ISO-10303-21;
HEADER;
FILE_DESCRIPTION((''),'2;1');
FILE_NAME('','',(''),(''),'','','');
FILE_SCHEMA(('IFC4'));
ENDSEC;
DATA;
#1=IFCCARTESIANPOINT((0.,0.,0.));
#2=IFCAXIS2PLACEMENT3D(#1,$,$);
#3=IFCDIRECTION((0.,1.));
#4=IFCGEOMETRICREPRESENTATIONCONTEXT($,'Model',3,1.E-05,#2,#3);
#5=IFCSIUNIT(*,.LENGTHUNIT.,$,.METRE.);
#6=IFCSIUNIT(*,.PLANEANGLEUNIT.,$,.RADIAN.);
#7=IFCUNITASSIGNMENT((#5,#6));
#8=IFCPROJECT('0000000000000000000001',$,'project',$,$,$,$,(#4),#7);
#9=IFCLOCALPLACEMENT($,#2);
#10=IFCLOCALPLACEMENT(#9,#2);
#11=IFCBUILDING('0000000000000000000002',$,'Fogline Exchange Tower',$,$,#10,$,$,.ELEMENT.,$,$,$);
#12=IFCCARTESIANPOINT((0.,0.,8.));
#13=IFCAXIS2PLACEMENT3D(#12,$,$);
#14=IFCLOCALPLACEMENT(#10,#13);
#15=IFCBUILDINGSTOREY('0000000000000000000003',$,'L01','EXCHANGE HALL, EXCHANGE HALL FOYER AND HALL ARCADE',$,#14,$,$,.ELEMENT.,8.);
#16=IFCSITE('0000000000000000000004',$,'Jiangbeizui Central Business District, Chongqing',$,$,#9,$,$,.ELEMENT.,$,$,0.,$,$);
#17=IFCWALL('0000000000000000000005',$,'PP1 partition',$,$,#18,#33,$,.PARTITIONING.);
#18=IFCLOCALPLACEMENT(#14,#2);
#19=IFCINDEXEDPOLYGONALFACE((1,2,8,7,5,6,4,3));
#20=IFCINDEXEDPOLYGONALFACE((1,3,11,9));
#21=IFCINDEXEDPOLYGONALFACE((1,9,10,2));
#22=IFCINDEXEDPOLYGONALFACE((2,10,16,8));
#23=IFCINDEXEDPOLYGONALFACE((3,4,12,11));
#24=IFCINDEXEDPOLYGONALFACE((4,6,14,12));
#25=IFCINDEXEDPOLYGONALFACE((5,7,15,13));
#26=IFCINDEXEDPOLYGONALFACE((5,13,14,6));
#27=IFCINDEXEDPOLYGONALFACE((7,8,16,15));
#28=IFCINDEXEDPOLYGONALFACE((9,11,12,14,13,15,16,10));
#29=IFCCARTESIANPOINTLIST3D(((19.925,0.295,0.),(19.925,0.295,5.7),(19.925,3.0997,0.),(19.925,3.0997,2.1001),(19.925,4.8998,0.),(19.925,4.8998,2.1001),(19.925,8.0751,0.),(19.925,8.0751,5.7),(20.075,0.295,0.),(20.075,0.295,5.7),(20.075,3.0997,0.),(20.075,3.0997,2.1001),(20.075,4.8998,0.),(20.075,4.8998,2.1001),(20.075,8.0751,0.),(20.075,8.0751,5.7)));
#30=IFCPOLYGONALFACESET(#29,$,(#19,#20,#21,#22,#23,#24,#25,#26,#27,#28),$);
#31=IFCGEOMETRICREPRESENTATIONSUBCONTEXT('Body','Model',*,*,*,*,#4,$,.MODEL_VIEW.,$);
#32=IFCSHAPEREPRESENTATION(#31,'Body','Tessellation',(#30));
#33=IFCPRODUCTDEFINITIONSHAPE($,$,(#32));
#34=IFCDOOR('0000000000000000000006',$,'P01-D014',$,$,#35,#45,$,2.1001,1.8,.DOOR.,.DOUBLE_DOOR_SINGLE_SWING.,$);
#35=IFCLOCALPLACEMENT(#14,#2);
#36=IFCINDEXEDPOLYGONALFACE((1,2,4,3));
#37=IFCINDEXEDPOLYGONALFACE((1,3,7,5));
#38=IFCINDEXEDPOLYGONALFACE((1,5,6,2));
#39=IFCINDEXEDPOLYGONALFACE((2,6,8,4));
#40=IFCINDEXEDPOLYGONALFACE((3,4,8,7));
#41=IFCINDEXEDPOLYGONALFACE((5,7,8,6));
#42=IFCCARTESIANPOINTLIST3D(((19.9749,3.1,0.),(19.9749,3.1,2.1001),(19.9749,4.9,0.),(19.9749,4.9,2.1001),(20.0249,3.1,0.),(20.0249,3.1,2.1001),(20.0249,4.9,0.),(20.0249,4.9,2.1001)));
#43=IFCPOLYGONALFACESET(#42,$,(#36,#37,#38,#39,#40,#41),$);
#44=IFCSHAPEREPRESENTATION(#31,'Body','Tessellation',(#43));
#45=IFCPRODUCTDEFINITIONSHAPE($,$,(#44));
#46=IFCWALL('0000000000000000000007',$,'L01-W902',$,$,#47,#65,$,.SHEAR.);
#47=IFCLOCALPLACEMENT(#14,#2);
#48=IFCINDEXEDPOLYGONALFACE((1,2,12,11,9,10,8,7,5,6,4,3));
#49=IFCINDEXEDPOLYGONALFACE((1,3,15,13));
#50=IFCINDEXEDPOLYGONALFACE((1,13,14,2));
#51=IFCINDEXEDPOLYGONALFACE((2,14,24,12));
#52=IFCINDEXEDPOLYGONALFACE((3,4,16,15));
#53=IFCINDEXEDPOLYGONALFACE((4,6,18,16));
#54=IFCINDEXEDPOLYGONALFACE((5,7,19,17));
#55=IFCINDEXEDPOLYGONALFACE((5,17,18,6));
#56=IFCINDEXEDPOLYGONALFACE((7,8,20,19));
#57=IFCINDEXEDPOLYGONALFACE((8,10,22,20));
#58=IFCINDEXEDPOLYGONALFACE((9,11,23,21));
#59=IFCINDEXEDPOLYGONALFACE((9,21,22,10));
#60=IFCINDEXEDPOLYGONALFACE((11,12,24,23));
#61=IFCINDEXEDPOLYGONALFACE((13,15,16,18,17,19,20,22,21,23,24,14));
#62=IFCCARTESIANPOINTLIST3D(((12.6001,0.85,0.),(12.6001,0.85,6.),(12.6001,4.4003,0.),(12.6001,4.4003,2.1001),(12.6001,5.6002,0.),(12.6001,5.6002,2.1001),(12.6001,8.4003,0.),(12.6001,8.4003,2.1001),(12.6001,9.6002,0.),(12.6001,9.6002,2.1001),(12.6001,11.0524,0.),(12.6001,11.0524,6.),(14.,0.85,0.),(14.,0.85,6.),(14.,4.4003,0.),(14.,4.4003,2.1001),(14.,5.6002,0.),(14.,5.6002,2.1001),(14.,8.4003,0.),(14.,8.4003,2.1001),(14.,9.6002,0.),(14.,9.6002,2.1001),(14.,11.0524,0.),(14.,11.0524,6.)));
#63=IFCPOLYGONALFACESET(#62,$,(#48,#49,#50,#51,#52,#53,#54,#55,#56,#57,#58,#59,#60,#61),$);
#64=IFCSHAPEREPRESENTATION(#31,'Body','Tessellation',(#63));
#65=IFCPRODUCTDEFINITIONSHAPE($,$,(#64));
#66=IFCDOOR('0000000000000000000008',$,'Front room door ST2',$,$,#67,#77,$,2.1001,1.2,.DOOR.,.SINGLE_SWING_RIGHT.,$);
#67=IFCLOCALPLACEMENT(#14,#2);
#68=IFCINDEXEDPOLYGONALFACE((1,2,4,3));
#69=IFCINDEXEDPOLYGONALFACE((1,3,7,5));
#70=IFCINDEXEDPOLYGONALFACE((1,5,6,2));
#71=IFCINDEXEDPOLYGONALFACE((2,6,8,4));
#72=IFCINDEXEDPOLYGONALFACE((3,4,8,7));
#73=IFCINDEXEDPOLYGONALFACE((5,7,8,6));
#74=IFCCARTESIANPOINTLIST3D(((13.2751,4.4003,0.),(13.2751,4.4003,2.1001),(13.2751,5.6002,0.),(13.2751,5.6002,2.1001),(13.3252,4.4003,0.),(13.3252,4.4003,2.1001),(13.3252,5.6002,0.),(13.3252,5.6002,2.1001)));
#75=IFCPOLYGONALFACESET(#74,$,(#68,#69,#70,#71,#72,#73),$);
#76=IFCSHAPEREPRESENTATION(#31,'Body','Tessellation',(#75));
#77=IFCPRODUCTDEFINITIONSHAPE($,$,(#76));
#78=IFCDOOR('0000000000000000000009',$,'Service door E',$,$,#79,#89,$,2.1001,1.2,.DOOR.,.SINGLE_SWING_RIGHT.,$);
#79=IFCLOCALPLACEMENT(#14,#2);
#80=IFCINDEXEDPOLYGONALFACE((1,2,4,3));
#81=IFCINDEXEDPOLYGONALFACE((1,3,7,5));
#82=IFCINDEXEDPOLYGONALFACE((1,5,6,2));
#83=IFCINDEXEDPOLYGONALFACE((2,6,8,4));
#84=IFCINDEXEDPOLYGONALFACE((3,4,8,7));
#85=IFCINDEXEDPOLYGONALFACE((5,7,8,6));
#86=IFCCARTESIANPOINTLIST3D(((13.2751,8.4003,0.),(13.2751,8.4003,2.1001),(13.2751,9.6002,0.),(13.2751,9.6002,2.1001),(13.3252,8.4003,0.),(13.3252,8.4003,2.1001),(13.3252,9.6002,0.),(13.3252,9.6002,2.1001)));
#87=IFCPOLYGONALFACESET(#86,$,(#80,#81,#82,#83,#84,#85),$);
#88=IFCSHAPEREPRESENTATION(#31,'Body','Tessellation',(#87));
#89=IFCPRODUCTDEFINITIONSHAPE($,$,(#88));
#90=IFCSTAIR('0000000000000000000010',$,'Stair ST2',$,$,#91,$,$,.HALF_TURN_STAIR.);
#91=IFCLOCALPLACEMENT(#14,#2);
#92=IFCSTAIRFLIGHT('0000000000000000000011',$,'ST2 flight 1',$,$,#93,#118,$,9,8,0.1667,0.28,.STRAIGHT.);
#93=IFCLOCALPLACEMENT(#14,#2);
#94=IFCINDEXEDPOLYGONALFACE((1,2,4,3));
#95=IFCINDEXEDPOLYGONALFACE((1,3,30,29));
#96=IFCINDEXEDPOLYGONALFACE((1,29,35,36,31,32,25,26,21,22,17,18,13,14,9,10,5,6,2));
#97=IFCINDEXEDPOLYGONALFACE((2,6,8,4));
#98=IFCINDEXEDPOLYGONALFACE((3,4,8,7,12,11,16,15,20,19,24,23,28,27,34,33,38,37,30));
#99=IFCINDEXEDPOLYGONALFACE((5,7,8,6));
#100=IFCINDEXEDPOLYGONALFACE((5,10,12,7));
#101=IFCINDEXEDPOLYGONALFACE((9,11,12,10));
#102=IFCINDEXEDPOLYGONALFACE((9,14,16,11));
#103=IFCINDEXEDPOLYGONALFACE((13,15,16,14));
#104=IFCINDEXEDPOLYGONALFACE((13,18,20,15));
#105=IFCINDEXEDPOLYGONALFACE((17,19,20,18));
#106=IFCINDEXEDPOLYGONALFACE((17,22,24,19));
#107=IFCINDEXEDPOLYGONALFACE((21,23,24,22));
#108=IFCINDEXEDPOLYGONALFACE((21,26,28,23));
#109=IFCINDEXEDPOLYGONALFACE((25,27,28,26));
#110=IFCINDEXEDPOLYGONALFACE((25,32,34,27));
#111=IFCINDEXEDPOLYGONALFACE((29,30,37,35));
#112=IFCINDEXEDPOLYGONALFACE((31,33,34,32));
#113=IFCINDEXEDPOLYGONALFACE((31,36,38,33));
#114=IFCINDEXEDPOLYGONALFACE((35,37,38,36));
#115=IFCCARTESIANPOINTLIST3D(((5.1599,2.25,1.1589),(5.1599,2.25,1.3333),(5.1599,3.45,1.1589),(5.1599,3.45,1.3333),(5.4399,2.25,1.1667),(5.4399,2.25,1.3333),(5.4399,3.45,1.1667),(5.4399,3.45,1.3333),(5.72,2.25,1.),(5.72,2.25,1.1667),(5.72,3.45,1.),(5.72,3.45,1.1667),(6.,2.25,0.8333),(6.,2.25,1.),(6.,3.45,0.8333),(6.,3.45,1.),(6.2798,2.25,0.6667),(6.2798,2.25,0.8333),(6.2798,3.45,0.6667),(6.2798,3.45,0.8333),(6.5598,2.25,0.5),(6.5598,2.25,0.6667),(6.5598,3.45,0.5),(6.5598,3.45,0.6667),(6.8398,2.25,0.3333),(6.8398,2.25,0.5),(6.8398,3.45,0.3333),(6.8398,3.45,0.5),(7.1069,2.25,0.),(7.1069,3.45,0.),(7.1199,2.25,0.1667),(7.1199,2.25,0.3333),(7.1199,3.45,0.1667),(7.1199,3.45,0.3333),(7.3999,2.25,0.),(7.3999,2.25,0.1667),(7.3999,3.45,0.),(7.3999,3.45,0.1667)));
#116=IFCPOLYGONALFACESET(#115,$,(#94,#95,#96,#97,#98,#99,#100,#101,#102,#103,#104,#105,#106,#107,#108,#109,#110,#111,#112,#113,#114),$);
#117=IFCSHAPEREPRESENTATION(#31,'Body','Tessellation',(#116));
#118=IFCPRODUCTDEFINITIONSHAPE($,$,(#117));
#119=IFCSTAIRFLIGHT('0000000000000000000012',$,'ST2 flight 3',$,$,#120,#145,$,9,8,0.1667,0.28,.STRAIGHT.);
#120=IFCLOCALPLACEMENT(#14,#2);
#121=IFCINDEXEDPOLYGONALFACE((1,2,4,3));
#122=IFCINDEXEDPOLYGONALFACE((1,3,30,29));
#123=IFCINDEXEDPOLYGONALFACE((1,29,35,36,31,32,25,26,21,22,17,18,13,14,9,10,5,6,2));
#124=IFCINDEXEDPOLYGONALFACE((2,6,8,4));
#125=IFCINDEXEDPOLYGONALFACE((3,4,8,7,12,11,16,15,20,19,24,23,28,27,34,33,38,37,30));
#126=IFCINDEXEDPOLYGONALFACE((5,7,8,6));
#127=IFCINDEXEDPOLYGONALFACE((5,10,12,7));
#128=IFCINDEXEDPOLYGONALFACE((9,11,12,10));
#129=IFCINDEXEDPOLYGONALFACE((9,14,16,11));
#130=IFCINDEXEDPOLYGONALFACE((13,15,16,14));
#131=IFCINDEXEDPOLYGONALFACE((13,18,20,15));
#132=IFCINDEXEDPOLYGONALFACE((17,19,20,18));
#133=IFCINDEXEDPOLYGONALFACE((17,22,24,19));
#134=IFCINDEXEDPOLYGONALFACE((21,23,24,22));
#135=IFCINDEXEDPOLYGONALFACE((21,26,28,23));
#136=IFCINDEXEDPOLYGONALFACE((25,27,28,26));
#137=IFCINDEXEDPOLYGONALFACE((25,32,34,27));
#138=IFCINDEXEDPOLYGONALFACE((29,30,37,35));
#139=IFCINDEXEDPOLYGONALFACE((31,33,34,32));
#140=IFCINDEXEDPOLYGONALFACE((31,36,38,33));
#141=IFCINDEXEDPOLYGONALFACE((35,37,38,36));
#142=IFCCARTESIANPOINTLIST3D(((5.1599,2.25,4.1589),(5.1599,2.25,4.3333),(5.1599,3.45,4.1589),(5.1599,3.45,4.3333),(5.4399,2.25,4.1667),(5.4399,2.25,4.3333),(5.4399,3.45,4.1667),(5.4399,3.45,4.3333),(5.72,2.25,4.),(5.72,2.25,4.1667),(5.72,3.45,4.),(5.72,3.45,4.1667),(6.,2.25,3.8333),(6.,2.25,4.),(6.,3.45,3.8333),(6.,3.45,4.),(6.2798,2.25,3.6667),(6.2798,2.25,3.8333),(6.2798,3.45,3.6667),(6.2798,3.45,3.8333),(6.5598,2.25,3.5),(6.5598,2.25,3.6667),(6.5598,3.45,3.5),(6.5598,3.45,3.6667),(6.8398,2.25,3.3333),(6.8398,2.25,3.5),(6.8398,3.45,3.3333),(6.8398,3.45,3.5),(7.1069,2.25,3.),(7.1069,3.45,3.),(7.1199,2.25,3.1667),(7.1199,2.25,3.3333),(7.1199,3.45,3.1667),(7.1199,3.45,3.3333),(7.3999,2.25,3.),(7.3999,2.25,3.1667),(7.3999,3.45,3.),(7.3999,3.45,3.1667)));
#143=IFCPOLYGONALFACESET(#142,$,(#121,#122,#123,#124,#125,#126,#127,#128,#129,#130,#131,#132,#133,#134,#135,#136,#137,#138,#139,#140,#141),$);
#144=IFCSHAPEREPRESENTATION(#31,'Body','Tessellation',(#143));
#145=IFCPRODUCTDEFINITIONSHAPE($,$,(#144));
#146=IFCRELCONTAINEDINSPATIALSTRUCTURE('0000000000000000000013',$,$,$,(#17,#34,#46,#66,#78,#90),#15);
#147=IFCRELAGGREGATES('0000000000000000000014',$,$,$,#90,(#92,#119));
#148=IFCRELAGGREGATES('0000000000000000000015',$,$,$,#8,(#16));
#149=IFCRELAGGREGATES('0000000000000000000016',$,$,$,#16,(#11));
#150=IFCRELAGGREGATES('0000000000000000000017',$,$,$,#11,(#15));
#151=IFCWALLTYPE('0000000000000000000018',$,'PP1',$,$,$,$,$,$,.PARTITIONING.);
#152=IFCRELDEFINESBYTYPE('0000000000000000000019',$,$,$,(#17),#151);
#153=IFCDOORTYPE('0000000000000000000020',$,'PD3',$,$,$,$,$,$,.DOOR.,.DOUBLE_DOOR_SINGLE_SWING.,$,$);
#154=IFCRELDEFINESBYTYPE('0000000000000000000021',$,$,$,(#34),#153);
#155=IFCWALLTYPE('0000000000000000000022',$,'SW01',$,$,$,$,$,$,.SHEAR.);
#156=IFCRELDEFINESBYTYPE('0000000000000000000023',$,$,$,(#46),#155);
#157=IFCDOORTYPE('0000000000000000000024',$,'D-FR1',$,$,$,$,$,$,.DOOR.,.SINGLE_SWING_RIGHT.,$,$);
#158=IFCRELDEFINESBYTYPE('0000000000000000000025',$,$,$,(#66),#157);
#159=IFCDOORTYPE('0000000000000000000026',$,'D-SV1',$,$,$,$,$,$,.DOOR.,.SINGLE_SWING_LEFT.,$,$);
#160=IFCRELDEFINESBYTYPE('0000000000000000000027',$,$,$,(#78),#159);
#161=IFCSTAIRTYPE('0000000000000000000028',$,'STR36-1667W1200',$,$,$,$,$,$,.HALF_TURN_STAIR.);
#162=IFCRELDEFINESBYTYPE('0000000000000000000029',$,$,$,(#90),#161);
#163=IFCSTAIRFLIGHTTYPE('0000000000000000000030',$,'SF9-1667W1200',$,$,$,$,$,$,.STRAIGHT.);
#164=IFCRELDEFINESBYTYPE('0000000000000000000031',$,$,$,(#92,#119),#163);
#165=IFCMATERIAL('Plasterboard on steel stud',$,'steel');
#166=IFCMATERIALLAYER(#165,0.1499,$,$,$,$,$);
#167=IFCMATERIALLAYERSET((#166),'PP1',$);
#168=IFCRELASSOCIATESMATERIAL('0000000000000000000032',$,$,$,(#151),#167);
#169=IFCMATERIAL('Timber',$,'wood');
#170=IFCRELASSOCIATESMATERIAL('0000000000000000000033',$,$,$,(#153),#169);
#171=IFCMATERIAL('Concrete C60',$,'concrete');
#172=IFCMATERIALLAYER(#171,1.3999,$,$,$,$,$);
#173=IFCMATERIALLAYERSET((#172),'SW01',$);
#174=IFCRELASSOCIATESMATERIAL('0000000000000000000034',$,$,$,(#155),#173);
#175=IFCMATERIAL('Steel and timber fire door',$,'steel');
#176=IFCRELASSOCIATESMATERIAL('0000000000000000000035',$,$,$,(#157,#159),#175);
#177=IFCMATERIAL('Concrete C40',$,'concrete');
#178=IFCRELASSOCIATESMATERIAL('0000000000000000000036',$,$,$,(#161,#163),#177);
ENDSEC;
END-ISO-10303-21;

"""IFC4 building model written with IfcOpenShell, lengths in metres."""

from ifc_helpers import new_model, si_unit, direction, frame, frame_2d, origin, place, context, subcontext, project, spatial, polyline, rectangle, outline, extrude, material, layer, layer_set, type_object, element, fill, aggregate, save


model = new_model("IFC4")

# Units and contexts
model_context = context("Model", 3, precision=1e-05, world=origin(), true_north=direction((0.0, 1.0)))
body_context = subcontext(model_context, "Body", "Model", "MODEL_VIEW")
ifc_project = project(units=[si_unit("LENGTHUNIT", "METRE"), si_unit("PLANEANGLEUNIT", "RADIAN")], contexts=[model_context])

# Site, building, storey
site_placement = place(None, origin())
site = spatial("IfcSite", under=ifc_project, at=site_placement, Name="Jiangbeizui Central Business District, Chongqing", CompositionType="ELEMENT", RefElevation=0.0)
building_placement = place(site_placement, origin())
building = spatial("IfcBuilding", under=site, at=building_placement, Name="Fogline Exchange Tower", CompositionType="ELEMENT")
storey_placement = place(building_placement, frame((0.0, 0.0, 8.0)))
storey = spatial("IfcBuildingStorey", under=building, at=storey_placement, Name="L01", Description="EXCHANGE HALL, EXCHANGE HALL FOYER AND HALL ARCADE", CompositionType="ELEMENT", Elevation=8.0)

# Shared definitions
ifc_material_1 = material(Name="Concrete C40", Category="concrete")
ifc_material_2 = material(Name="Steel and timber fire door", Category="steel")

# Wall, opening, door
ifc_material_3 = material(Name="Plasterboard on steel stud", Category="steel")
ifc_layer_1 = layer(ifc_material_3, 0.1499)
ifc_layer_set_1 = layer_set([ifc_layer_1], Name="PP1")
wall_type_1 = type_object("IfcWallType", Name="PP1", PredefinedType="PARTITIONING", material=ifc_layer_set_1)
wall_1_placement = place(storey_placement, frame((20.0, 0.2949, 0.0), z_axis=(0.0, 0.0, 1.0), x_axis=(0.0, 1.0, 0.0)))
wall_1 = element("IfcWall", 1, at=wall_1_placement, inside=storey, type_object=wall_type_1, Name="PP1 partition", PredefinedType="PARTITIONING", context=body_context, shape_type="SweptSolid", body=[
    extrude(rectangle(XDim=7.78, YDim=0.1499, at=frame_2d((3.8901, 0.0))), origin(), (0.0, 0.0, 1.0), 5.7),
])
opening_1_placement = place(wall_1_placement, frame((2.8049, 0.0, 0.0)))
opening_1 = element("IfcOpeningElement", 2, at=opening_1_placement, cuts=wall_1, PredefinedType="OPENING", context=body_context, shape_type="SweptSolid", body=[
    extrude(rectangle(XDim=1.8, YDim=2.1001, at=frame_2d((0.8999, 1.05))), frame((0.0, 0.085, 0.0), z_axis=(0.0, -1.0, 0.0), x_axis=(1.0, 0.0, 0.0)), (0.0, 0.0, 1.0), 0.1699),
])
ifc_material_4 = material(Name="Timber", Category="wood")
door_type_1 = type_object("IfcDoorType", Name="PD3", OperationType="DOUBLE_DOOR_SINGLE_SWING", PredefinedType="DOOR", material=ifc_material_4)
door_1_placement = place(opening_1_placement, frame((1.8, 0.0, 0.0), z_axis=(0.0, 0.0, 1.0), x_axis=(-1.0, 0.0, 0.0)))
door_1 = element("IfcDoor", 3, at=door_1_placement, inside=storey, type_object=door_type_1, Name="P01-D014", OperationType="DOUBLE_DOOR_SINGLE_SWING", OverallHeight=2.1001, OverallWidth=1.8, PredefinedType="DOOR", context=body_context, shape_type="SweptSolid", body=[
    extrude(rectangle(XDim=1.8, YDim=2.1001, at=frame_2d((0.8999, 1.05))), frame((0.0, 0.0249, 0.0), z_axis=(0.0, -1.0, 0.0), x_axis=(1.0, 0.0, 0.0)), (0.0, 0.0, 1.0), 0.05),
])
fill(opening_1, door_1)

# Wall, openings, doors
ifc_material_5 = material(Name="Concrete C60", Category="concrete")
ifc_layer_2 = layer(ifc_material_5, 1.3999)
ifc_layer_set_2 = layer_set([ifc_layer_2], Name="SW01")
wall_type_2 = type_object("IfcWallType", Name="SW01", PredefinedType="SHEAR", material=ifc_layer_set_2)
wall_2_placement = place(storey_placement, frame((13.3, 0.8501, 0.0), z_axis=(0.0, 0.0, 1.0), x_axis=(0.0, 1.0, 0.0)))
wall_2 = element("IfcWall", 4, at=wall_2_placement, inside=storey, type_object=wall_type_2, Name="L01-W902", PredefinedType="SHEAR", context=body_context, shape_type="SweptSolid", body=[
    extrude(rectangle(XDim=10.2024, YDim=1.3999, at=frame_2d((5.1011, 0.0))), origin(), (0.0, 0.0, 1.0), 6.0),
])
opening_2_placement = place(wall_2_placement, frame((3.55, 0.0, 0.0)))
opening_2 = element("IfcOpeningElement", 5, at=opening_2_placement, cuts=wall_2, PredefinedType="OPENING", context=body_context, shape_type="SweptSolid", body=[
    extrude(rectangle(XDim=1.2, YDim=2.1001, at=frame_2d((0.6001, 1.05))), frame((0.0, 0.71, 0.0), z_axis=(0.0, -1.0, 0.0), x_axis=(1.0, 0.0, 0.0)), (0.0, 0.0, 1.0), 1.4199),
])
opening_3_placement = place(wall_2_placement, frame((7.55, 0.0, 0.0)))
opening_3 = element("IfcOpeningElement", 6, at=opening_3_placement, cuts=wall_2, PredefinedType="OPENING", context=body_context, shape_type="SweptSolid", body=[
    extrude(rectangle(XDim=1.2, YDim=2.1001, at=frame_2d((0.6001, 1.05))), frame((0.0, 0.71, 0.0), z_axis=(0.0, -1.0, 0.0), x_axis=(1.0, 0.0, 0.0)), (0.0, 0.0, 1.0), 1.4199),
])
door_type_2 = type_object("IfcDoorType", Name="D-FR1", OperationType="SINGLE_SWING_RIGHT", PredefinedType="DOOR", material=ifc_material_2)
door_2_placement = place(opening_2_placement, origin())
door_2 = element("IfcDoor", 7, at=door_2_placement, inside=storey, type_object=door_type_2, Name="Front room door ST2", OperationType="SINGLE_SWING_RIGHT", OverallHeight=2.1001, OverallWidth=1.2, PredefinedType="DOOR", context=body_context, shape_type="SweptSolid", body=[
    extrude(rectangle(XDim=1.2, YDim=2.1001, at=frame_2d((0.6001, 1.05))), frame((0.0, 0.0249, 0.0), z_axis=(0.0, -1.0, 0.0), x_axis=(1.0, 0.0, 0.0)), (0.0, 0.0, 1.0), 0.05),
])
fill(opening_2, door_2)
door_type_3 = type_object("IfcDoorType", Name="D-SV1", OperationType="SINGLE_SWING_LEFT", PredefinedType="DOOR", material=ifc_material_2)
door_3_placement = place(opening_3_placement, origin())
door_3 = element("IfcDoor", 8, at=door_3_placement, inside=storey, type_object=door_type_3, Name="Service door E", OperationType="SINGLE_SWING_RIGHT", OverallHeight=2.1001, OverallWidth=1.2, PredefinedType="DOOR", context=body_context, shape_type="SweptSolid", body=[
    extrude(rectangle(XDim=1.2, YDim=2.1001, at=frame_2d((0.6001, 1.05))), frame((0.0, 0.0249, 0.0), z_axis=(0.0, -1.0, 0.0), x_axis=(1.0, 0.0, 0.0)), (0.0, 0.0, 1.0), 0.05),
])
fill(opening_3, door_3)

# Stair, stair flights
stair_type = type_object("IfcStairType", Name="STR36-1667W1200", PredefinedType="HALF_TURN_STAIR", material=ifc_material_1)
stair_placement = place(storey_placement, origin())
stair = element("IfcStair", 9, at=stair_placement, inside=storey, type_object=stair_type, Name="Stair ST2", PredefinedType="HALF_TURN_STAIR")
stair_flight_type = type_object("IfcStairFlightType", Name="SF9-1667W1200", PredefinedType="STRAIGHT", material=ifc_material_1)
stair_flight_1_placement = place(storey_placement, frame((7.3999, 2.8501, 0.0), z_axis=(0.0, 0.0, 1.0), x_axis=(-1.0, 0.0, 0.0)))
stair_flight_1 = element("IfcStairFlight", 10, at=stair_flight_1_placement, type_object=stair_flight_type, Name="ST2 flight 1", NumberOfRisers=9, NumberOfTreads=8, PredefinedType="STRAIGHT", RiserHeight=0.1667, TreadLength=0.28, context=body_context, shape_type="SweptSolid", body=[
    extrude(outline(polyline([(0.0, 0.0), (0.0, 0.1667), (0.28, 0.1667), (0.28, 0.3333), (0.5601, 0.3333), (0.5601, 0.5), (0.8401, 0.5), (0.8401, 0.6667), (1.1201, 0.6667), (1.1201, 0.8333), (1.3999, 0.8333), (1.3999, 1.0), (1.6799, 1.0), (1.6799, 1.1667), (1.96, 1.1667), (1.96, 1.3333), (2.24, 1.3333), (2.24, 1.5), (2.24, 1.1589), (0.293, 0.0), (0.0, 0.0)])), frame((0.0, 0.6001, 0.0), z_axis=(0.0, -1.0, 0.0), x_axis=(1.0, 0.0, 0.0)), (0.0, 0.0, 1.0), 1.2),
])
stair_flight_2_placement = place(storey_placement, frame((7.3999, 2.8501, 3.0), z_axis=(0.0, 0.0, 1.0), x_axis=(-1.0, 0.0, 0.0)))
stair_flight_2 = element("IfcStairFlight", 11, at=stair_flight_2_placement, type_object=stair_flight_type, Name="ST2 flight 3", NumberOfRisers=9, NumberOfTreads=8, PredefinedType="STRAIGHT", RiserHeight=0.1667, TreadLength=0.28, context=body_context, shape_type="SweptSolid", body=[
    extrude(outline(polyline([(0.0, 0.0), (0.0, 0.1667), (0.28, 0.1667), (0.28, 0.3333), (0.5601, 0.3333), (0.5601, 0.5), (0.8401, 0.5), (0.8401, 0.6667), (1.1201, 0.6667), (1.1201, 0.8333), (1.3999, 0.8333), (1.3999, 1.0), (1.6799, 1.0), (1.6799, 1.1667), (1.96, 1.1667), (1.96, 1.3333), (2.24, 1.3333), (2.24, 1.5), (2.24, 1.1589), (0.293, 0.0), (0.0, 0.0)])), frame((0.0, 0.6001, 0.0), z_axis=(0.0, -1.0, 0.0), x_axis=(1.0, 0.0, 0.0)), (0.0, 0.0, 1.0), 1.2),
])
aggregate(stair, [stair_flight_1, stair_flight_2])

save(model, "model.ifc")
